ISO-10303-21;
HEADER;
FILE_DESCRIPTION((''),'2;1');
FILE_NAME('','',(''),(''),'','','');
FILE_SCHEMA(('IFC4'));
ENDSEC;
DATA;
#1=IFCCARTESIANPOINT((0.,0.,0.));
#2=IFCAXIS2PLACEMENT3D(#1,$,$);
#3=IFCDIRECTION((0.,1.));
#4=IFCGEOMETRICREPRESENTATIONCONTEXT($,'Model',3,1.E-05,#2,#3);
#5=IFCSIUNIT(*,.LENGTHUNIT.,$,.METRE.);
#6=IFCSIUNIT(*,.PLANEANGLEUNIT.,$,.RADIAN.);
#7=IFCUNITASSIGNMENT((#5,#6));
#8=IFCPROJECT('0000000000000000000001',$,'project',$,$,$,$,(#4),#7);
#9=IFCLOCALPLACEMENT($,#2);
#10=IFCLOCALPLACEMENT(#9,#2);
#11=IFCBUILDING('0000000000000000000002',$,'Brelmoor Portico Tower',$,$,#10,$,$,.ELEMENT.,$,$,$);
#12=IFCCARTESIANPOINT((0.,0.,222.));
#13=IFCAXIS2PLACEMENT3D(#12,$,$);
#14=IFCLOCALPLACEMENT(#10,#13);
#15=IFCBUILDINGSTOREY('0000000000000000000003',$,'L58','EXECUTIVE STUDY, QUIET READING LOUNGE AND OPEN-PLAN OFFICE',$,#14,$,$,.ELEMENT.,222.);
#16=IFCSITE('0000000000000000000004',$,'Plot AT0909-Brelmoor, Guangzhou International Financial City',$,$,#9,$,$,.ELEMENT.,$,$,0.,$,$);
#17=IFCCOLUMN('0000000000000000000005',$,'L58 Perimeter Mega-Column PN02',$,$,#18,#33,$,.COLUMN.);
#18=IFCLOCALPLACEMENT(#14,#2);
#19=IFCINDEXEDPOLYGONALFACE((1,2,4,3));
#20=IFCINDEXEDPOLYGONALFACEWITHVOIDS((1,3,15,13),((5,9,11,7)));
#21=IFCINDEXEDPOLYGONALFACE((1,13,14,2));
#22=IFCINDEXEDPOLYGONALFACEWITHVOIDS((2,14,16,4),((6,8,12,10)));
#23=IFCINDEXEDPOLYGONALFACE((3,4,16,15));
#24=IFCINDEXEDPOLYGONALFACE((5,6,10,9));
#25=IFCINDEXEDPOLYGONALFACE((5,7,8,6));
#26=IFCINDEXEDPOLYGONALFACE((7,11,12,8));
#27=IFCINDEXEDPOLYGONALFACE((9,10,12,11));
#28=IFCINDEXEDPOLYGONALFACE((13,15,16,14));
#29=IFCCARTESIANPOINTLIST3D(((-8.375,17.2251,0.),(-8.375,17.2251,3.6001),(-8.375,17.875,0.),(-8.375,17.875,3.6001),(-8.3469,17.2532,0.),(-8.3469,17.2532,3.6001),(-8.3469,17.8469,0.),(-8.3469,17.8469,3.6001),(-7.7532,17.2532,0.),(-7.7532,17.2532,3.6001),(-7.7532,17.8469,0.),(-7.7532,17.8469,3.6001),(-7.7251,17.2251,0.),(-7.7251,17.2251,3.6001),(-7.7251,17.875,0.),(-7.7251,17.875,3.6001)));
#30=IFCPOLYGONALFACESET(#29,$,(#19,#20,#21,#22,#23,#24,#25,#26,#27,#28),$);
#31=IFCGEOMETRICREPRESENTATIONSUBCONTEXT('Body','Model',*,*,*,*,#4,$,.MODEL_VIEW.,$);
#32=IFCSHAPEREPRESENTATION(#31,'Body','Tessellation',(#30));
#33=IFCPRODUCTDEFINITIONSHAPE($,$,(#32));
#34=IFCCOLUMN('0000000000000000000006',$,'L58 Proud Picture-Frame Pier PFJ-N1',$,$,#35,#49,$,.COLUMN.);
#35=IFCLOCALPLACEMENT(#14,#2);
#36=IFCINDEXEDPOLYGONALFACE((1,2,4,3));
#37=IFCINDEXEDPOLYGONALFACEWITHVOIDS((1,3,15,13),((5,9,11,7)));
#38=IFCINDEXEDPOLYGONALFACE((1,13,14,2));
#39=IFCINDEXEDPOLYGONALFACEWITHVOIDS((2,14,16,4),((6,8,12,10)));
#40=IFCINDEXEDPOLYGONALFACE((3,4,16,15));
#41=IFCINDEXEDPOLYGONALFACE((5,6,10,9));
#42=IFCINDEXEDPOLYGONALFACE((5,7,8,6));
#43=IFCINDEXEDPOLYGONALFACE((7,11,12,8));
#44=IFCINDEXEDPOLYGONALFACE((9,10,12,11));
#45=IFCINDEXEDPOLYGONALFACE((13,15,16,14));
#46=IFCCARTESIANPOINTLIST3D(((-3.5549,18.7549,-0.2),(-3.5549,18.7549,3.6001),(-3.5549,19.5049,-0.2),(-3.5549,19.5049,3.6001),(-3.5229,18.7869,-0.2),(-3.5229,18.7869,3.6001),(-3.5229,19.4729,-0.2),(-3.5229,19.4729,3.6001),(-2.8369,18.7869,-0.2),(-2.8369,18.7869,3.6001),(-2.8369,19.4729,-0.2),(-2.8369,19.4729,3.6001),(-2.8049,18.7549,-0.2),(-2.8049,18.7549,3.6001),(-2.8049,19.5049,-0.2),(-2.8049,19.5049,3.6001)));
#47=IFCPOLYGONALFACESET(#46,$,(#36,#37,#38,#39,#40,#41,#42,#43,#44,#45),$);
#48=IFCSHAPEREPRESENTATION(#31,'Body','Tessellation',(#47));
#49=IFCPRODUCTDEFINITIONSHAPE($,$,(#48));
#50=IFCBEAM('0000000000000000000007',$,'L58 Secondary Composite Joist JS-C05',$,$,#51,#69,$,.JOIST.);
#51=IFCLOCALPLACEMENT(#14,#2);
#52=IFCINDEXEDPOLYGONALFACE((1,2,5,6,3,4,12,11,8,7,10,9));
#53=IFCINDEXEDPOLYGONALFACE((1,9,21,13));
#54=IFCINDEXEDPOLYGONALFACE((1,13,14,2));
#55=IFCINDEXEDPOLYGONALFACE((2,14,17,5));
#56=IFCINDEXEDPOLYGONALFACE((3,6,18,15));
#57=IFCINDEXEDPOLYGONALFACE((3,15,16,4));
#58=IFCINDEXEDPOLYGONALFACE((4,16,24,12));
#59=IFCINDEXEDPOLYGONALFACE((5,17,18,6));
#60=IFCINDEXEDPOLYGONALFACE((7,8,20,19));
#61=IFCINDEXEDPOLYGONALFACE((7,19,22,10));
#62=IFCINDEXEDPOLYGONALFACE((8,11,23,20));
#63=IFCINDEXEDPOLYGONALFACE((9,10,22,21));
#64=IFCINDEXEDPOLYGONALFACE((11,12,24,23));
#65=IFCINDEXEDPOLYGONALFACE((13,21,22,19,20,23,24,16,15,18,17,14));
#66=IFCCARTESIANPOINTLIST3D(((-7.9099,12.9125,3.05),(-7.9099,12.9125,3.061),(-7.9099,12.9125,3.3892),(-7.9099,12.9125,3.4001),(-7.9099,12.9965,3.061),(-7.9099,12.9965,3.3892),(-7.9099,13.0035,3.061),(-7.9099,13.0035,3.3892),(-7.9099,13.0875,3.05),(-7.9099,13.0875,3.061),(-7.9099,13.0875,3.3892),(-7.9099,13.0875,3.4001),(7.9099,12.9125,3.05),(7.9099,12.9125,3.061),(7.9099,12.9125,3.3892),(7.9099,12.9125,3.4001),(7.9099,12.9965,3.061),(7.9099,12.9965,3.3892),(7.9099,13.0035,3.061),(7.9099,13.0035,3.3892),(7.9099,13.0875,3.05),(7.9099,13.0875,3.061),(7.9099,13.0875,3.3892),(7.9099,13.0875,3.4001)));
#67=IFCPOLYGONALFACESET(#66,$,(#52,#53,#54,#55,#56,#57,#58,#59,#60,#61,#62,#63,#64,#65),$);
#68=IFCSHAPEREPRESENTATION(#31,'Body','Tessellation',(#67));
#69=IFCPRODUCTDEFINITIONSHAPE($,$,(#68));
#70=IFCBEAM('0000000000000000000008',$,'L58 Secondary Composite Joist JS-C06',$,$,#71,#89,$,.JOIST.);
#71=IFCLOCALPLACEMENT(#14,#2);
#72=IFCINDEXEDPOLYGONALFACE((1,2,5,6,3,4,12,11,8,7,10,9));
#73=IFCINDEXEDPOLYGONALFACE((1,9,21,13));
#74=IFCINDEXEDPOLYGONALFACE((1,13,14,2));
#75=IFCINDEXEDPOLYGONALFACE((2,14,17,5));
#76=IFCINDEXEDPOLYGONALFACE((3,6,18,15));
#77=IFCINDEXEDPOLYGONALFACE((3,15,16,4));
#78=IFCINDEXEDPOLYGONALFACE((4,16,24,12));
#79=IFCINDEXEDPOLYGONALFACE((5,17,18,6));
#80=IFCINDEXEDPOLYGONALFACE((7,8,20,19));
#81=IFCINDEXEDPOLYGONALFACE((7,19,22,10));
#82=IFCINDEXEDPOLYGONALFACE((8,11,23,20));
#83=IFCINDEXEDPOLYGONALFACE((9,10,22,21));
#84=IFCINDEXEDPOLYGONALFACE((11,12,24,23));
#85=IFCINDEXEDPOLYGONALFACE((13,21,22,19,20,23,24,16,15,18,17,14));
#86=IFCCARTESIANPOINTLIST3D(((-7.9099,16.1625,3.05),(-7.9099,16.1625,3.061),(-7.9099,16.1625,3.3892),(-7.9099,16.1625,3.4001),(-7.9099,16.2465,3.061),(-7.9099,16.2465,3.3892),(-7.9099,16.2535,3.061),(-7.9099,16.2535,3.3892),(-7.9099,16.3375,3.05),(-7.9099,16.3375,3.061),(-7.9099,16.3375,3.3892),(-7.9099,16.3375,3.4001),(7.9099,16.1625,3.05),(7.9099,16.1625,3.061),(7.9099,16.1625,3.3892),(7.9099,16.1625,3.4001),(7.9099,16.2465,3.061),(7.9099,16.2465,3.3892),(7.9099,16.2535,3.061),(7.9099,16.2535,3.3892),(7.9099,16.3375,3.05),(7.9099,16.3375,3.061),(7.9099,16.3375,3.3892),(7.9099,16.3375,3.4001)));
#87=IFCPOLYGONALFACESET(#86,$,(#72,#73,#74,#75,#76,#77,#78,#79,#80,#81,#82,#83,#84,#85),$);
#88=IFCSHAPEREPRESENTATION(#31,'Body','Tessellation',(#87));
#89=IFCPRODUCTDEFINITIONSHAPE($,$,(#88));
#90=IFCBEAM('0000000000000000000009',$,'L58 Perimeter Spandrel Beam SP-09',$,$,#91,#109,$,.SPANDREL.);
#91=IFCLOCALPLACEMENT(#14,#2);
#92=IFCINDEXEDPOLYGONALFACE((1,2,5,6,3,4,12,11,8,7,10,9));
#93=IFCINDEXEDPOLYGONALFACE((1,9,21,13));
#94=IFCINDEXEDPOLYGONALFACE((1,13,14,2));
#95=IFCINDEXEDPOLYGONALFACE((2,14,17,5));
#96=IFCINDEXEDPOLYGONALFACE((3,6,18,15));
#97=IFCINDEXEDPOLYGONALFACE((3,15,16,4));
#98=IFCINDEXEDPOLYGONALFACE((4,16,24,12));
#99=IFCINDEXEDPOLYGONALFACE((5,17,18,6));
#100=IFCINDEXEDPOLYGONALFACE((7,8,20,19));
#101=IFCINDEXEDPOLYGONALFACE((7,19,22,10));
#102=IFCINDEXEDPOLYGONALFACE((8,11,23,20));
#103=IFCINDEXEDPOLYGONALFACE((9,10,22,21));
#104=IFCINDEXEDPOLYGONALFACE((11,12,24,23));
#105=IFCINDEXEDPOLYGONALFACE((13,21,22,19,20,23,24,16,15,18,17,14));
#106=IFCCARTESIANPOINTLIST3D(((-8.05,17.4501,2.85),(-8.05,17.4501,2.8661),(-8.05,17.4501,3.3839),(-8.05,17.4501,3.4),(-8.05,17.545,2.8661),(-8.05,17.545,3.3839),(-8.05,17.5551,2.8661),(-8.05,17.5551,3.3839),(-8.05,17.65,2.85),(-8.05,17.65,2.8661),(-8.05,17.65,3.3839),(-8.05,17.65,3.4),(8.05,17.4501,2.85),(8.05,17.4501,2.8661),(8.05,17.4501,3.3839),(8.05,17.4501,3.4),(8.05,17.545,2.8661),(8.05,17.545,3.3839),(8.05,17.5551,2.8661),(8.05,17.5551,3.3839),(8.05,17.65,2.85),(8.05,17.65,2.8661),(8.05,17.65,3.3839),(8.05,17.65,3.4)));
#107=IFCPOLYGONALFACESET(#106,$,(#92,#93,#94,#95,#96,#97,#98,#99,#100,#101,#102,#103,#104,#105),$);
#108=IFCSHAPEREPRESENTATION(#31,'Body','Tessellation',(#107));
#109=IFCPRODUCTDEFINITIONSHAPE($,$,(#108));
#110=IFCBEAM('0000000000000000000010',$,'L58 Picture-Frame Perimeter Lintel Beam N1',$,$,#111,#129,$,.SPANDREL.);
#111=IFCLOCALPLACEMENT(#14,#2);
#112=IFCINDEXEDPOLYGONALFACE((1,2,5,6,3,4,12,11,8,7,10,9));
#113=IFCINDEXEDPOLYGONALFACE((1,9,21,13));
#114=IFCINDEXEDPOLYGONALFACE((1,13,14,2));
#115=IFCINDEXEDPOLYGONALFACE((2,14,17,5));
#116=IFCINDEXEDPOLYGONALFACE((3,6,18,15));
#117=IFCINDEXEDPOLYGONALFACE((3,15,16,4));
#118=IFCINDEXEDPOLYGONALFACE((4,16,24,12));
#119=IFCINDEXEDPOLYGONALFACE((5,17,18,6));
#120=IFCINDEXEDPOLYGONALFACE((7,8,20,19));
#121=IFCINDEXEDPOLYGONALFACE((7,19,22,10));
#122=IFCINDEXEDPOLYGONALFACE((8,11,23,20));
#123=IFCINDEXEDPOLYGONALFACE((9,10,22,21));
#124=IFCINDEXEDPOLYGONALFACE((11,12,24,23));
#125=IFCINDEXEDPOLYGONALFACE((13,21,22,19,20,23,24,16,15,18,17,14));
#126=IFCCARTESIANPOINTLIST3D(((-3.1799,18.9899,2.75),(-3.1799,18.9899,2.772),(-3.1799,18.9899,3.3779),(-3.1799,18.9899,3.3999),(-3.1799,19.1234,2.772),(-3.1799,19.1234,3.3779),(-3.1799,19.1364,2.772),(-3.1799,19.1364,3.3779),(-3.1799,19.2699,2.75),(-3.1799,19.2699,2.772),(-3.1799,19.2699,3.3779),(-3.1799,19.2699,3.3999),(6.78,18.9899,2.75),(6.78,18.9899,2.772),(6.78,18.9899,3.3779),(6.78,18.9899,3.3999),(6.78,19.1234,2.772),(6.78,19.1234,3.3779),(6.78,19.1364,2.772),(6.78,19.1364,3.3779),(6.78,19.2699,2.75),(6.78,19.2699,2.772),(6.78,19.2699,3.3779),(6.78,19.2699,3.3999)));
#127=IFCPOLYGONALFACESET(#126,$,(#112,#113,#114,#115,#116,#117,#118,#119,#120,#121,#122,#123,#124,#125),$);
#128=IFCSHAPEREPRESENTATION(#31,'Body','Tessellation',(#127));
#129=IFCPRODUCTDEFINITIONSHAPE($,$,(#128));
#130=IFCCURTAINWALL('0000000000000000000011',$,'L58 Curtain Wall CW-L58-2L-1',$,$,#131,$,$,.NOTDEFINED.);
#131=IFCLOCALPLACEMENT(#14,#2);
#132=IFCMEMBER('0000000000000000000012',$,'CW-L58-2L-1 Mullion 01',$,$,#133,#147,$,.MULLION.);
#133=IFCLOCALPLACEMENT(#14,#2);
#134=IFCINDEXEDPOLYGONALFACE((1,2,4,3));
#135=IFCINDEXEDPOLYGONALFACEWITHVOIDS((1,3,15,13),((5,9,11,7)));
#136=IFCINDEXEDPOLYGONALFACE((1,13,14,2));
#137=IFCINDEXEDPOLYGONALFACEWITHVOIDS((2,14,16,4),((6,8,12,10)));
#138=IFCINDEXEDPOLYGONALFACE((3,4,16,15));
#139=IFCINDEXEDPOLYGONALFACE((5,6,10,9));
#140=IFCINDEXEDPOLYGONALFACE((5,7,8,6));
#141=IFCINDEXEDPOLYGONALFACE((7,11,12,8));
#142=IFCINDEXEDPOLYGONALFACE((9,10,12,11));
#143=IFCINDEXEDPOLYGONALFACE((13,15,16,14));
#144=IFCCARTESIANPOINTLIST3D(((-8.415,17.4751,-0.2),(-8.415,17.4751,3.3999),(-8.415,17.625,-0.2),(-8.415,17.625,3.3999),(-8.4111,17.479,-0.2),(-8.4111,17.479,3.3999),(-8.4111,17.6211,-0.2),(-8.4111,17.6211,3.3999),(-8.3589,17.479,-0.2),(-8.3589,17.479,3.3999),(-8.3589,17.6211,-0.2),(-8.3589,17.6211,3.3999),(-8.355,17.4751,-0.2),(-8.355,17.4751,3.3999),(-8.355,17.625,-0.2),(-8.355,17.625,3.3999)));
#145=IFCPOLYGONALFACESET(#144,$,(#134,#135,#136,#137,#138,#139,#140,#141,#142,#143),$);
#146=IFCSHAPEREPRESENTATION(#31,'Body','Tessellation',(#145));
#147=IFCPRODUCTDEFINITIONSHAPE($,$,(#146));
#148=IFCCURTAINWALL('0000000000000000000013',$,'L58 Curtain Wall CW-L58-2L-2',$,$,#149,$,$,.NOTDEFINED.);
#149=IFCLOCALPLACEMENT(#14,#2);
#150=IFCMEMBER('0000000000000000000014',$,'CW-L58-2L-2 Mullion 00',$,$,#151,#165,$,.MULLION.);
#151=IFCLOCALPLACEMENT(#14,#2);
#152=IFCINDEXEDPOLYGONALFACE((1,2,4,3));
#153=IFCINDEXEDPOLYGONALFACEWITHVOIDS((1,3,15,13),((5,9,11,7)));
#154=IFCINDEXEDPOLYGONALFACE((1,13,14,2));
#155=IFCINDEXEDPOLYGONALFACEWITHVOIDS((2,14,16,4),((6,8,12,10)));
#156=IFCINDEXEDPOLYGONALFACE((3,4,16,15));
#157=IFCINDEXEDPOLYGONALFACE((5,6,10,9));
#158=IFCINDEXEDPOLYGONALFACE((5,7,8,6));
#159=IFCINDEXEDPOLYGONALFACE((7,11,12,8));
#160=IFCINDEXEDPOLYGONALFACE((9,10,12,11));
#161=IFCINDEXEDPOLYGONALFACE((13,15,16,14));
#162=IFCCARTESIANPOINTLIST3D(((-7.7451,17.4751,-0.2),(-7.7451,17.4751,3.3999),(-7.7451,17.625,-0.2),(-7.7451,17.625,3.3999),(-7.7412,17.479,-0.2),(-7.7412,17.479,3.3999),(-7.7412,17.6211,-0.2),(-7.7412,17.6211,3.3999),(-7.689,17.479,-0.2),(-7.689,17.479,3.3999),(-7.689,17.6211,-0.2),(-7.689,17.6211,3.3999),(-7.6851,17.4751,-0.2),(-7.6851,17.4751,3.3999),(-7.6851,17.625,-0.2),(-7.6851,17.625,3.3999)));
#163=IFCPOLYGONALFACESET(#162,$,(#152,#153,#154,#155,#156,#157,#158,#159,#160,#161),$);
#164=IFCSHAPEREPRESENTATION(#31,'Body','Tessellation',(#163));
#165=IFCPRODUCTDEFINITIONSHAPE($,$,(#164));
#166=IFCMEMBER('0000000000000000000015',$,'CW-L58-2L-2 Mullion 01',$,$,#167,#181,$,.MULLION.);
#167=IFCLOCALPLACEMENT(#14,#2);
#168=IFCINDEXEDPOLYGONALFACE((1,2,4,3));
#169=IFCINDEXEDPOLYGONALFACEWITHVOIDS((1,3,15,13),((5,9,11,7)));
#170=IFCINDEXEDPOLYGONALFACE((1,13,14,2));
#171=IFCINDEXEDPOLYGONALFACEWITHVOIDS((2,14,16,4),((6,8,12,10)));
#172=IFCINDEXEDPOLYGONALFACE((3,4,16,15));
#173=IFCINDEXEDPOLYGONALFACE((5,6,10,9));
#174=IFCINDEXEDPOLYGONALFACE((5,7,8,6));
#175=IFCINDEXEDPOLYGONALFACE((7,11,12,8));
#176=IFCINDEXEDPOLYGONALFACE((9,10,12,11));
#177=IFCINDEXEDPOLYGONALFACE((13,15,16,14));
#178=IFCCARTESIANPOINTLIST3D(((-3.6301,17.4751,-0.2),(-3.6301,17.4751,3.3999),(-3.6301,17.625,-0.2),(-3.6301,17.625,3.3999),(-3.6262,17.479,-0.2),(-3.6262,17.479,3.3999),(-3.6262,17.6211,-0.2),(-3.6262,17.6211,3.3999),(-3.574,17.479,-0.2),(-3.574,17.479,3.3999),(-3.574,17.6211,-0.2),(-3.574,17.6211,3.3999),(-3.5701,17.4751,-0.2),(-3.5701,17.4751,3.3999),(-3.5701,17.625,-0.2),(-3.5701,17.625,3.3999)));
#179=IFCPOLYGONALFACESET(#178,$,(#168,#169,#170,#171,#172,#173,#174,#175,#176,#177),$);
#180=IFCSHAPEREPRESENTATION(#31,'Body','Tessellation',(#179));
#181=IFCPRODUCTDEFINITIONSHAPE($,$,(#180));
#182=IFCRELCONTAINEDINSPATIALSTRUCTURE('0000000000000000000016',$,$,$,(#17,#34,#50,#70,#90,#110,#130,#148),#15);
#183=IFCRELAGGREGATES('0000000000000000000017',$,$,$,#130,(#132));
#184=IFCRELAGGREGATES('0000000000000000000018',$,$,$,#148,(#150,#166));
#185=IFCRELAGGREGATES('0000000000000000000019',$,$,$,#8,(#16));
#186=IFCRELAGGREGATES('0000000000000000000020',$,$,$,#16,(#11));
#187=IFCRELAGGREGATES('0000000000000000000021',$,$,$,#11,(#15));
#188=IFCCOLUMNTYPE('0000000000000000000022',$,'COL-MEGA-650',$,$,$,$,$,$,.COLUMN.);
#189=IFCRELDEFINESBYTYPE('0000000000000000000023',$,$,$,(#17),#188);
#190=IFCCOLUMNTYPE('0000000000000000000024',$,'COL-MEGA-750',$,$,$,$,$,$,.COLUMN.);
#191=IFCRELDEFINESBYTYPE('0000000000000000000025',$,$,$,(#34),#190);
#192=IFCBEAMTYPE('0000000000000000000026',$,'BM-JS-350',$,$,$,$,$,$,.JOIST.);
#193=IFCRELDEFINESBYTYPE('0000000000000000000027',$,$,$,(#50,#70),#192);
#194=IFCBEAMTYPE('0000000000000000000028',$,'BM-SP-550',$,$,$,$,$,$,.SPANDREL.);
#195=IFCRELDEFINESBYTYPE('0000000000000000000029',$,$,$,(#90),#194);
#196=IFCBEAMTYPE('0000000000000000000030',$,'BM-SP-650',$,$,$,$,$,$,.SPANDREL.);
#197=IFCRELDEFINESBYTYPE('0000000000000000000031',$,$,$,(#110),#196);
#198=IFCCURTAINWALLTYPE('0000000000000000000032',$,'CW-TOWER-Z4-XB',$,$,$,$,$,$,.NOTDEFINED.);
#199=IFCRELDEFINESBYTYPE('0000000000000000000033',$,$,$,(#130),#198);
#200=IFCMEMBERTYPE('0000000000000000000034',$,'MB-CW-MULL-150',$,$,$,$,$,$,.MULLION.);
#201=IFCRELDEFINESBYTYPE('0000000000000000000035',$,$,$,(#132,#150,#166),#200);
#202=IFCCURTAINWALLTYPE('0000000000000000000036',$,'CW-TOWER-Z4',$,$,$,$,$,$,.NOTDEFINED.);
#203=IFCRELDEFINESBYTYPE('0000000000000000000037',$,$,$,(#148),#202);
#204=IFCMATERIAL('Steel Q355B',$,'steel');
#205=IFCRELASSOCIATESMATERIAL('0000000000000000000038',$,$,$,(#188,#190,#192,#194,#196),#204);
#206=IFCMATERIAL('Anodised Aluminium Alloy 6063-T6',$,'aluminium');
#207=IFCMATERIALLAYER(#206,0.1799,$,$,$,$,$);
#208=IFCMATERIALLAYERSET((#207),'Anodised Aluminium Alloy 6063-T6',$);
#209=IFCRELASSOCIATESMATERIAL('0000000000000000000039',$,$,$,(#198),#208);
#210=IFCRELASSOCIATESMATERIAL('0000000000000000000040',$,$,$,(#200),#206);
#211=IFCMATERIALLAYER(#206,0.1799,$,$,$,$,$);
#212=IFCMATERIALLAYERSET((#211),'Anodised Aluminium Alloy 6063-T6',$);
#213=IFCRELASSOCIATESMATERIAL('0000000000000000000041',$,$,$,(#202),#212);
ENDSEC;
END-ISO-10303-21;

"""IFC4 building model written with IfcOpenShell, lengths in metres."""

from ifc_helpers import new_model, si_unit, direction, frame, origin, origin_2d, place, context, subcontext, project, spatial, hollow_rectangle, i_section, extrude, material, layer, layer_set, material_profile, profile_set, type_object, element, aggregate, save


model = new_model("IFC4")

# Units and contexts
model_context = context("Model", 3, precision=1e-05, world=origin(), true_north=direction((0.0, 1.0)))
body_context = subcontext(model_context, "Body", "Model", "MODEL_VIEW")
ifc_project = project(units=[si_unit("LENGTHUNIT", "METRE"), si_unit("PLANEANGLEUNIT", "RADIAN")], contexts=[model_context])

# Site, building, storey
site_placement = place(None, origin())
site = spatial("IfcSite", under=ifc_project, at=site_placement, Name="Plot AT0909-Brelmoor, Guangzhou International Financial City", CompositionType="ELEMENT", RefElevation=0.0)
building_placement = place(site_placement, origin())
building = spatial("IfcBuilding", under=site, at=building_placement, Name="Brelmoor Portico Tower", CompositionType="ELEMENT")
storey_placement = place(building_placement, frame((0.0, 0.0, 222.0)))
storey = spatial("IfcBuildingStorey", under=building, at=storey_placement, Name="L58", Description="EXECUTIVE STUDY, QUIET READING LOUNGE AND OPEN-PLAN OFFICE", CompositionType="ELEMENT", Elevation=222.0)

# Columns
ifc_material_1 = material(Name="Steel Q355B", Category="steel")
ifc_material_profile_1 = material_profile(ifc_material_1, hollow_rectangle(XDim=0.6499, YDim=0.6499, WallThickness=0.0281, at=origin_2d()), Name="BOX 650x650x28")
ifc_profile_set_1 = profile_set([ifc_material_profile_1], Name="Steel Q355B")
column_type_1 = type_object("IfcColumnType", Name="COL-MEGA-650", PredefinedType="COLUMN", material=ifc_profile_set_1)
column_1_placement = place(storey_placement, frame((-8.05, 17.55, 0.0), z_axis=(0.0, 0.0, 1.0), x_axis=(1.0, 0.0, 0.0)))
element("IfcColumn", 1, at=column_1_placement, inside=storey, type_object=column_type_1, Name="L58 Perimeter Mega-Column PN02", PredefinedType="COLUMN", context=body_context, shape_type="SweptSolid", body=[
    extrude(hollow_rectangle(XDim=0.6499, YDim=0.6499, WallThickness=0.0281, at=origin_2d()), origin(), (0.0, 0.0, 1.0), 3.6001),
])
ifc_material_profile_2 = material_profile(ifc_material_1, hollow_rectangle(XDim=0.75, YDim=0.75, WallThickness=0.032, at=origin_2d()), Name="BOX 750x750x32")
ifc_profile_set_2 = profile_set([ifc_material_profile_2], Name="Steel Q355B")
column_type_2 = type_object("IfcColumnType", Name="COL-MEGA-750", PredefinedType="COLUMN", material=ifc_profile_set_2)
column_2_placement = place(storey_placement, frame((-3.1799, 19.1299, -0.2), z_axis=(0.0, 0.0, 1.0), x_axis=(1.0, 0.0, 0.0)))
element("IfcColumn", 2, at=column_2_placement, inside=storey, type_object=column_type_2, Name="L58 Proud Picture-Frame Pier PFJ-N1", PredefinedType="COLUMN", context=body_context, shape_type="SweptSolid", body=[
    extrude(hollow_rectangle(XDim=0.75, YDim=0.75, WallThickness=0.032, at=origin_2d()), origin(), (0.0, 0.0, 1.0), 3.8),
])

# Beams
ifc_material_profile_3 = material_profile(ifc_material_1, i_section(OverallWidth=0.175, OverallDepth=0.3501, WebThickness=0.0071, FlangeThickness=0.011, at=origin_2d()), Name="HN 350x175x7x11")
ifc_profile_set_3 = profile_set([ifc_material_profile_3], Name="Steel Q355B")
beam_type_1 = type_object("IfcBeamType", Name="BM-JS-350", PredefinedType="JOIST", material=ifc_profile_set_3)
for number, where, z_axis, x_axis, name in (
    (3, (-7.9099, 13.0, 3.2251), (1.0, 0.0, 0.0), (0.0, 1.0, 0.0), "L58 Secondary Composite Joist JS-C05"),
    (4, (-7.9099, 16.25, 3.2251), (1.0, 0.0, 0.0), (0.0, 1.0, 0.0), "L58 Secondary Composite Joist JS-C06"),
):
    element("IfcBeam", number, at=place(storey_placement, frame(where, z_axis=z_axis, x_axis=x_axis)), inside=storey, type_object=beam_type_1, Name=name, PredefinedType="JOIST", context=body_context, shape_type="SweptSolid", body=[
        extrude(i_section(OverallWidth=0.175, OverallDepth=0.3501, WebThickness=0.0071, FlangeThickness=0.011, at=origin_2d()), origin(), (0.0, 0.0, 1.0), 15.8198),
    ])
ifc_material_profile_4 = material_profile(ifc_material_1, i_section(OverallWidth=0.2, OverallDepth=0.55, WebThickness=0.01, FlangeThickness=0.0161, at=origin_2d()), Name="HN 550x200x10x16")
ifc_profile_set_4 = profile_set([ifc_material_profile_4], Name="Steel Q355B")
beam_type_2 = type_object("IfcBeamType", Name="BM-SP-550", PredefinedType="SPANDREL", material=ifc_profile_set_4)
beam_1_placement = place(storey_placement, frame((-8.05, 17.55, 3.125), z_axis=(1.0, 0.0, 0.0), x_axis=(0.0, 1.0, 0.0)))
element("IfcBeam", 5, at=beam_1_placement, inside=storey, type_object=beam_type_2, Name="L58 Perimeter Spandrel Beam SP-09", PredefinedType="SPANDREL", context=body_context, shape_type="SweptSolid", body=[
    extrude(i_section(OverallWidth=0.2, OverallDepth=0.55, WebThickness=0.01, FlangeThickness=0.0161, at=origin_2d()), origin(), (0.0, 0.0, 1.0), 16.1001),
])
ifc_material_profile_5 = material_profile(ifc_material_1, i_section(OverallWidth=0.28, OverallDepth=0.6499, WebThickness=0.0129, FlangeThickness=0.022, at=origin_2d()), Name="HN 650x280x13x22")
ifc_profile_set_5 = profile_set([ifc_material_profile_5], Name="Steel Q355B")
beam_type_3 = type_object("IfcBeamType", Name="BM-SP-650", PredefinedType="SPANDREL", material=ifc_profile_set_5)
beam_2_placement = place(storey_placement, frame((-3.1799, 19.1299, 3.075), z_axis=(1.0, 0.0, 0.0), x_axis=(0.0, 1.0, 0.0)))
element("IfcBeam", 6, at=beam_2_placement, inside=storey, type_object=beam_type_3, Name="L58 Picture-Frame Perimeter Lintel Beam N1", PredefinedType="SPANDREL", context=body_context, shape_type="SweptSolid", body=[
    extrude(i_section(OverallWidth=0.28, OverallDepth=0.6499, WebThickness=0.0129, FlangeThickness=0.022, at=origin_2d()), origin(), (0.0, 0.0, 1.0), 9.96),
])

# Curtain wall, member
ifc_material_2 = material(Name="Anodised Aluminium Alloy 6063-T6", Category="aluminium")
ifc_layer_1 = layer(ifc_material_2, 0.1799)
ifc_layer_set_1 = layer_set([ifc_layer_1], Name="Anodised Aluminium Alloy 6063-T6")
curtain_wall_type_1 = type_object("IfcCurtainWallType", Name="CW-TOWER-Z4-XB", PredefinedType="NOTDEFINED", material=ifc_layer_set_1)
curtain_wall_1_placement = place(storey_placement, origin())
curtain_wall_1 = element("IfcCurtainWall", 7, at=curtain_wall_1_placement, inside=storey, type_object=curtain_wall_type_1, Name="L58 Curtain Wall CW-L58-2L-1", PredefinedType="NOTDEFINED")
ifc_material_profile_6 = material_profile(ifc_material_2, hollow_rectangle(XDim=0.0601, YDim=0.1499, WallThickness=0.0039, at=origin_2d()), Name="ALU MULLION 60x150")
ifc_profile_set_6 = profile_set([ifc_material_profile_6], Name="Anodised Aluminium Alloy 6063-T6")
member_type_1 = type_object("IfcMemberType", Name="MB-CW-MULL-150", PredefinedType="MULLION", material=ifc_profile_set_6)
member_1_placement = place(storey_placement, frame((-8.385, 17.55, -0.2), z_axis=(0.0, 0.0, 1.0), x_axis=(1.0, 0.0, 0.0)))
member_1 = element("IfcMember", 8, at=member_1_placement, type_object=member_type_1, Name="CW-L58-2L-1 Mullion 01", PredefinedType="MULLION", context=body_context, shape_type="SweptSolid", body=[
    extrude(hollow_rectangle(XDim=0.0601, YDim=0.1499, WallThickness=0.0039, at=origin_2d()), origin(), (0.0, 0.0, 1.0), 3.5999),
])

# Curtain wall, members
ifc_layer_2 = layer(ifc_material_2, 0.1799)
ifc_layer_set_2 = layer_set([ifc_layer_2], Name="Anodised Aluminium Alloy 6063-T6")
curtain_wall_type_2 = type_object("IfcCurtainWallType", Name="CW-TOWER-Z4", PredefinedType="NOTDEFINED", material=ifc_layer_set_2)
curtain_wall_2_placement = place(storey_placement, origin())
curtain_wall_2 = element("IfcCurtainWall", 9, at=curtain_wall_2_placement, inside=storey, type_object=curtain_wall_type_2, Name="L58 Curtain Wall CW-L58-2L-2", PredefinedType="NOTDEFINED")
member_2_placement = place(storey_placement, frame((-7.7151, 17.55, -0.2), z_axis=(0.0, 0.0, 1.0), x_axis=(1.0, 0.0, 0.0)))
member_2 = element("IfcMember", 10, at=member_2_placement, type_object=member_type_1, Name="CW-L58-2L-2 Mullion 00", PredefinedType="MULLION", context=body_context, shape_type="SweptSolid", body=[
    extrude(hollow_rectangle(XDim=0.0601, YDim=0.1499, WallThickness=0.0039, at=origin_2d()), origin(), (0.0, 0.0, 1.0), 3.5999),
])
member_3_placement = place(storey_placement, frame((-3.6001, 17.55, -0.2), z_axis=(0.0, 0.0, 1.0), x_axis=(1.0, 0.0, 0.0)))
member_3 = element("IfcMember", 11, at=member_3_placement, type_object=member_type_1, Name="CW-L58-2L-2 Mullion 01", PredefinedType="MULLION", context=body_context, shape_type="SweptSolid", body=[
    extrude(hollow_rectangle(XDim=0.0601, YDim=0.1499, WallThickness=0.0039, at=origin_2d()), origin(), (0.0, 0.0, 1.0), 3.5999),
])

aggregate(curtain_wall_1, [member_1])
aggregate(curtain_wall_2, [member_2, member_3])

save(model, "model.ifc")
